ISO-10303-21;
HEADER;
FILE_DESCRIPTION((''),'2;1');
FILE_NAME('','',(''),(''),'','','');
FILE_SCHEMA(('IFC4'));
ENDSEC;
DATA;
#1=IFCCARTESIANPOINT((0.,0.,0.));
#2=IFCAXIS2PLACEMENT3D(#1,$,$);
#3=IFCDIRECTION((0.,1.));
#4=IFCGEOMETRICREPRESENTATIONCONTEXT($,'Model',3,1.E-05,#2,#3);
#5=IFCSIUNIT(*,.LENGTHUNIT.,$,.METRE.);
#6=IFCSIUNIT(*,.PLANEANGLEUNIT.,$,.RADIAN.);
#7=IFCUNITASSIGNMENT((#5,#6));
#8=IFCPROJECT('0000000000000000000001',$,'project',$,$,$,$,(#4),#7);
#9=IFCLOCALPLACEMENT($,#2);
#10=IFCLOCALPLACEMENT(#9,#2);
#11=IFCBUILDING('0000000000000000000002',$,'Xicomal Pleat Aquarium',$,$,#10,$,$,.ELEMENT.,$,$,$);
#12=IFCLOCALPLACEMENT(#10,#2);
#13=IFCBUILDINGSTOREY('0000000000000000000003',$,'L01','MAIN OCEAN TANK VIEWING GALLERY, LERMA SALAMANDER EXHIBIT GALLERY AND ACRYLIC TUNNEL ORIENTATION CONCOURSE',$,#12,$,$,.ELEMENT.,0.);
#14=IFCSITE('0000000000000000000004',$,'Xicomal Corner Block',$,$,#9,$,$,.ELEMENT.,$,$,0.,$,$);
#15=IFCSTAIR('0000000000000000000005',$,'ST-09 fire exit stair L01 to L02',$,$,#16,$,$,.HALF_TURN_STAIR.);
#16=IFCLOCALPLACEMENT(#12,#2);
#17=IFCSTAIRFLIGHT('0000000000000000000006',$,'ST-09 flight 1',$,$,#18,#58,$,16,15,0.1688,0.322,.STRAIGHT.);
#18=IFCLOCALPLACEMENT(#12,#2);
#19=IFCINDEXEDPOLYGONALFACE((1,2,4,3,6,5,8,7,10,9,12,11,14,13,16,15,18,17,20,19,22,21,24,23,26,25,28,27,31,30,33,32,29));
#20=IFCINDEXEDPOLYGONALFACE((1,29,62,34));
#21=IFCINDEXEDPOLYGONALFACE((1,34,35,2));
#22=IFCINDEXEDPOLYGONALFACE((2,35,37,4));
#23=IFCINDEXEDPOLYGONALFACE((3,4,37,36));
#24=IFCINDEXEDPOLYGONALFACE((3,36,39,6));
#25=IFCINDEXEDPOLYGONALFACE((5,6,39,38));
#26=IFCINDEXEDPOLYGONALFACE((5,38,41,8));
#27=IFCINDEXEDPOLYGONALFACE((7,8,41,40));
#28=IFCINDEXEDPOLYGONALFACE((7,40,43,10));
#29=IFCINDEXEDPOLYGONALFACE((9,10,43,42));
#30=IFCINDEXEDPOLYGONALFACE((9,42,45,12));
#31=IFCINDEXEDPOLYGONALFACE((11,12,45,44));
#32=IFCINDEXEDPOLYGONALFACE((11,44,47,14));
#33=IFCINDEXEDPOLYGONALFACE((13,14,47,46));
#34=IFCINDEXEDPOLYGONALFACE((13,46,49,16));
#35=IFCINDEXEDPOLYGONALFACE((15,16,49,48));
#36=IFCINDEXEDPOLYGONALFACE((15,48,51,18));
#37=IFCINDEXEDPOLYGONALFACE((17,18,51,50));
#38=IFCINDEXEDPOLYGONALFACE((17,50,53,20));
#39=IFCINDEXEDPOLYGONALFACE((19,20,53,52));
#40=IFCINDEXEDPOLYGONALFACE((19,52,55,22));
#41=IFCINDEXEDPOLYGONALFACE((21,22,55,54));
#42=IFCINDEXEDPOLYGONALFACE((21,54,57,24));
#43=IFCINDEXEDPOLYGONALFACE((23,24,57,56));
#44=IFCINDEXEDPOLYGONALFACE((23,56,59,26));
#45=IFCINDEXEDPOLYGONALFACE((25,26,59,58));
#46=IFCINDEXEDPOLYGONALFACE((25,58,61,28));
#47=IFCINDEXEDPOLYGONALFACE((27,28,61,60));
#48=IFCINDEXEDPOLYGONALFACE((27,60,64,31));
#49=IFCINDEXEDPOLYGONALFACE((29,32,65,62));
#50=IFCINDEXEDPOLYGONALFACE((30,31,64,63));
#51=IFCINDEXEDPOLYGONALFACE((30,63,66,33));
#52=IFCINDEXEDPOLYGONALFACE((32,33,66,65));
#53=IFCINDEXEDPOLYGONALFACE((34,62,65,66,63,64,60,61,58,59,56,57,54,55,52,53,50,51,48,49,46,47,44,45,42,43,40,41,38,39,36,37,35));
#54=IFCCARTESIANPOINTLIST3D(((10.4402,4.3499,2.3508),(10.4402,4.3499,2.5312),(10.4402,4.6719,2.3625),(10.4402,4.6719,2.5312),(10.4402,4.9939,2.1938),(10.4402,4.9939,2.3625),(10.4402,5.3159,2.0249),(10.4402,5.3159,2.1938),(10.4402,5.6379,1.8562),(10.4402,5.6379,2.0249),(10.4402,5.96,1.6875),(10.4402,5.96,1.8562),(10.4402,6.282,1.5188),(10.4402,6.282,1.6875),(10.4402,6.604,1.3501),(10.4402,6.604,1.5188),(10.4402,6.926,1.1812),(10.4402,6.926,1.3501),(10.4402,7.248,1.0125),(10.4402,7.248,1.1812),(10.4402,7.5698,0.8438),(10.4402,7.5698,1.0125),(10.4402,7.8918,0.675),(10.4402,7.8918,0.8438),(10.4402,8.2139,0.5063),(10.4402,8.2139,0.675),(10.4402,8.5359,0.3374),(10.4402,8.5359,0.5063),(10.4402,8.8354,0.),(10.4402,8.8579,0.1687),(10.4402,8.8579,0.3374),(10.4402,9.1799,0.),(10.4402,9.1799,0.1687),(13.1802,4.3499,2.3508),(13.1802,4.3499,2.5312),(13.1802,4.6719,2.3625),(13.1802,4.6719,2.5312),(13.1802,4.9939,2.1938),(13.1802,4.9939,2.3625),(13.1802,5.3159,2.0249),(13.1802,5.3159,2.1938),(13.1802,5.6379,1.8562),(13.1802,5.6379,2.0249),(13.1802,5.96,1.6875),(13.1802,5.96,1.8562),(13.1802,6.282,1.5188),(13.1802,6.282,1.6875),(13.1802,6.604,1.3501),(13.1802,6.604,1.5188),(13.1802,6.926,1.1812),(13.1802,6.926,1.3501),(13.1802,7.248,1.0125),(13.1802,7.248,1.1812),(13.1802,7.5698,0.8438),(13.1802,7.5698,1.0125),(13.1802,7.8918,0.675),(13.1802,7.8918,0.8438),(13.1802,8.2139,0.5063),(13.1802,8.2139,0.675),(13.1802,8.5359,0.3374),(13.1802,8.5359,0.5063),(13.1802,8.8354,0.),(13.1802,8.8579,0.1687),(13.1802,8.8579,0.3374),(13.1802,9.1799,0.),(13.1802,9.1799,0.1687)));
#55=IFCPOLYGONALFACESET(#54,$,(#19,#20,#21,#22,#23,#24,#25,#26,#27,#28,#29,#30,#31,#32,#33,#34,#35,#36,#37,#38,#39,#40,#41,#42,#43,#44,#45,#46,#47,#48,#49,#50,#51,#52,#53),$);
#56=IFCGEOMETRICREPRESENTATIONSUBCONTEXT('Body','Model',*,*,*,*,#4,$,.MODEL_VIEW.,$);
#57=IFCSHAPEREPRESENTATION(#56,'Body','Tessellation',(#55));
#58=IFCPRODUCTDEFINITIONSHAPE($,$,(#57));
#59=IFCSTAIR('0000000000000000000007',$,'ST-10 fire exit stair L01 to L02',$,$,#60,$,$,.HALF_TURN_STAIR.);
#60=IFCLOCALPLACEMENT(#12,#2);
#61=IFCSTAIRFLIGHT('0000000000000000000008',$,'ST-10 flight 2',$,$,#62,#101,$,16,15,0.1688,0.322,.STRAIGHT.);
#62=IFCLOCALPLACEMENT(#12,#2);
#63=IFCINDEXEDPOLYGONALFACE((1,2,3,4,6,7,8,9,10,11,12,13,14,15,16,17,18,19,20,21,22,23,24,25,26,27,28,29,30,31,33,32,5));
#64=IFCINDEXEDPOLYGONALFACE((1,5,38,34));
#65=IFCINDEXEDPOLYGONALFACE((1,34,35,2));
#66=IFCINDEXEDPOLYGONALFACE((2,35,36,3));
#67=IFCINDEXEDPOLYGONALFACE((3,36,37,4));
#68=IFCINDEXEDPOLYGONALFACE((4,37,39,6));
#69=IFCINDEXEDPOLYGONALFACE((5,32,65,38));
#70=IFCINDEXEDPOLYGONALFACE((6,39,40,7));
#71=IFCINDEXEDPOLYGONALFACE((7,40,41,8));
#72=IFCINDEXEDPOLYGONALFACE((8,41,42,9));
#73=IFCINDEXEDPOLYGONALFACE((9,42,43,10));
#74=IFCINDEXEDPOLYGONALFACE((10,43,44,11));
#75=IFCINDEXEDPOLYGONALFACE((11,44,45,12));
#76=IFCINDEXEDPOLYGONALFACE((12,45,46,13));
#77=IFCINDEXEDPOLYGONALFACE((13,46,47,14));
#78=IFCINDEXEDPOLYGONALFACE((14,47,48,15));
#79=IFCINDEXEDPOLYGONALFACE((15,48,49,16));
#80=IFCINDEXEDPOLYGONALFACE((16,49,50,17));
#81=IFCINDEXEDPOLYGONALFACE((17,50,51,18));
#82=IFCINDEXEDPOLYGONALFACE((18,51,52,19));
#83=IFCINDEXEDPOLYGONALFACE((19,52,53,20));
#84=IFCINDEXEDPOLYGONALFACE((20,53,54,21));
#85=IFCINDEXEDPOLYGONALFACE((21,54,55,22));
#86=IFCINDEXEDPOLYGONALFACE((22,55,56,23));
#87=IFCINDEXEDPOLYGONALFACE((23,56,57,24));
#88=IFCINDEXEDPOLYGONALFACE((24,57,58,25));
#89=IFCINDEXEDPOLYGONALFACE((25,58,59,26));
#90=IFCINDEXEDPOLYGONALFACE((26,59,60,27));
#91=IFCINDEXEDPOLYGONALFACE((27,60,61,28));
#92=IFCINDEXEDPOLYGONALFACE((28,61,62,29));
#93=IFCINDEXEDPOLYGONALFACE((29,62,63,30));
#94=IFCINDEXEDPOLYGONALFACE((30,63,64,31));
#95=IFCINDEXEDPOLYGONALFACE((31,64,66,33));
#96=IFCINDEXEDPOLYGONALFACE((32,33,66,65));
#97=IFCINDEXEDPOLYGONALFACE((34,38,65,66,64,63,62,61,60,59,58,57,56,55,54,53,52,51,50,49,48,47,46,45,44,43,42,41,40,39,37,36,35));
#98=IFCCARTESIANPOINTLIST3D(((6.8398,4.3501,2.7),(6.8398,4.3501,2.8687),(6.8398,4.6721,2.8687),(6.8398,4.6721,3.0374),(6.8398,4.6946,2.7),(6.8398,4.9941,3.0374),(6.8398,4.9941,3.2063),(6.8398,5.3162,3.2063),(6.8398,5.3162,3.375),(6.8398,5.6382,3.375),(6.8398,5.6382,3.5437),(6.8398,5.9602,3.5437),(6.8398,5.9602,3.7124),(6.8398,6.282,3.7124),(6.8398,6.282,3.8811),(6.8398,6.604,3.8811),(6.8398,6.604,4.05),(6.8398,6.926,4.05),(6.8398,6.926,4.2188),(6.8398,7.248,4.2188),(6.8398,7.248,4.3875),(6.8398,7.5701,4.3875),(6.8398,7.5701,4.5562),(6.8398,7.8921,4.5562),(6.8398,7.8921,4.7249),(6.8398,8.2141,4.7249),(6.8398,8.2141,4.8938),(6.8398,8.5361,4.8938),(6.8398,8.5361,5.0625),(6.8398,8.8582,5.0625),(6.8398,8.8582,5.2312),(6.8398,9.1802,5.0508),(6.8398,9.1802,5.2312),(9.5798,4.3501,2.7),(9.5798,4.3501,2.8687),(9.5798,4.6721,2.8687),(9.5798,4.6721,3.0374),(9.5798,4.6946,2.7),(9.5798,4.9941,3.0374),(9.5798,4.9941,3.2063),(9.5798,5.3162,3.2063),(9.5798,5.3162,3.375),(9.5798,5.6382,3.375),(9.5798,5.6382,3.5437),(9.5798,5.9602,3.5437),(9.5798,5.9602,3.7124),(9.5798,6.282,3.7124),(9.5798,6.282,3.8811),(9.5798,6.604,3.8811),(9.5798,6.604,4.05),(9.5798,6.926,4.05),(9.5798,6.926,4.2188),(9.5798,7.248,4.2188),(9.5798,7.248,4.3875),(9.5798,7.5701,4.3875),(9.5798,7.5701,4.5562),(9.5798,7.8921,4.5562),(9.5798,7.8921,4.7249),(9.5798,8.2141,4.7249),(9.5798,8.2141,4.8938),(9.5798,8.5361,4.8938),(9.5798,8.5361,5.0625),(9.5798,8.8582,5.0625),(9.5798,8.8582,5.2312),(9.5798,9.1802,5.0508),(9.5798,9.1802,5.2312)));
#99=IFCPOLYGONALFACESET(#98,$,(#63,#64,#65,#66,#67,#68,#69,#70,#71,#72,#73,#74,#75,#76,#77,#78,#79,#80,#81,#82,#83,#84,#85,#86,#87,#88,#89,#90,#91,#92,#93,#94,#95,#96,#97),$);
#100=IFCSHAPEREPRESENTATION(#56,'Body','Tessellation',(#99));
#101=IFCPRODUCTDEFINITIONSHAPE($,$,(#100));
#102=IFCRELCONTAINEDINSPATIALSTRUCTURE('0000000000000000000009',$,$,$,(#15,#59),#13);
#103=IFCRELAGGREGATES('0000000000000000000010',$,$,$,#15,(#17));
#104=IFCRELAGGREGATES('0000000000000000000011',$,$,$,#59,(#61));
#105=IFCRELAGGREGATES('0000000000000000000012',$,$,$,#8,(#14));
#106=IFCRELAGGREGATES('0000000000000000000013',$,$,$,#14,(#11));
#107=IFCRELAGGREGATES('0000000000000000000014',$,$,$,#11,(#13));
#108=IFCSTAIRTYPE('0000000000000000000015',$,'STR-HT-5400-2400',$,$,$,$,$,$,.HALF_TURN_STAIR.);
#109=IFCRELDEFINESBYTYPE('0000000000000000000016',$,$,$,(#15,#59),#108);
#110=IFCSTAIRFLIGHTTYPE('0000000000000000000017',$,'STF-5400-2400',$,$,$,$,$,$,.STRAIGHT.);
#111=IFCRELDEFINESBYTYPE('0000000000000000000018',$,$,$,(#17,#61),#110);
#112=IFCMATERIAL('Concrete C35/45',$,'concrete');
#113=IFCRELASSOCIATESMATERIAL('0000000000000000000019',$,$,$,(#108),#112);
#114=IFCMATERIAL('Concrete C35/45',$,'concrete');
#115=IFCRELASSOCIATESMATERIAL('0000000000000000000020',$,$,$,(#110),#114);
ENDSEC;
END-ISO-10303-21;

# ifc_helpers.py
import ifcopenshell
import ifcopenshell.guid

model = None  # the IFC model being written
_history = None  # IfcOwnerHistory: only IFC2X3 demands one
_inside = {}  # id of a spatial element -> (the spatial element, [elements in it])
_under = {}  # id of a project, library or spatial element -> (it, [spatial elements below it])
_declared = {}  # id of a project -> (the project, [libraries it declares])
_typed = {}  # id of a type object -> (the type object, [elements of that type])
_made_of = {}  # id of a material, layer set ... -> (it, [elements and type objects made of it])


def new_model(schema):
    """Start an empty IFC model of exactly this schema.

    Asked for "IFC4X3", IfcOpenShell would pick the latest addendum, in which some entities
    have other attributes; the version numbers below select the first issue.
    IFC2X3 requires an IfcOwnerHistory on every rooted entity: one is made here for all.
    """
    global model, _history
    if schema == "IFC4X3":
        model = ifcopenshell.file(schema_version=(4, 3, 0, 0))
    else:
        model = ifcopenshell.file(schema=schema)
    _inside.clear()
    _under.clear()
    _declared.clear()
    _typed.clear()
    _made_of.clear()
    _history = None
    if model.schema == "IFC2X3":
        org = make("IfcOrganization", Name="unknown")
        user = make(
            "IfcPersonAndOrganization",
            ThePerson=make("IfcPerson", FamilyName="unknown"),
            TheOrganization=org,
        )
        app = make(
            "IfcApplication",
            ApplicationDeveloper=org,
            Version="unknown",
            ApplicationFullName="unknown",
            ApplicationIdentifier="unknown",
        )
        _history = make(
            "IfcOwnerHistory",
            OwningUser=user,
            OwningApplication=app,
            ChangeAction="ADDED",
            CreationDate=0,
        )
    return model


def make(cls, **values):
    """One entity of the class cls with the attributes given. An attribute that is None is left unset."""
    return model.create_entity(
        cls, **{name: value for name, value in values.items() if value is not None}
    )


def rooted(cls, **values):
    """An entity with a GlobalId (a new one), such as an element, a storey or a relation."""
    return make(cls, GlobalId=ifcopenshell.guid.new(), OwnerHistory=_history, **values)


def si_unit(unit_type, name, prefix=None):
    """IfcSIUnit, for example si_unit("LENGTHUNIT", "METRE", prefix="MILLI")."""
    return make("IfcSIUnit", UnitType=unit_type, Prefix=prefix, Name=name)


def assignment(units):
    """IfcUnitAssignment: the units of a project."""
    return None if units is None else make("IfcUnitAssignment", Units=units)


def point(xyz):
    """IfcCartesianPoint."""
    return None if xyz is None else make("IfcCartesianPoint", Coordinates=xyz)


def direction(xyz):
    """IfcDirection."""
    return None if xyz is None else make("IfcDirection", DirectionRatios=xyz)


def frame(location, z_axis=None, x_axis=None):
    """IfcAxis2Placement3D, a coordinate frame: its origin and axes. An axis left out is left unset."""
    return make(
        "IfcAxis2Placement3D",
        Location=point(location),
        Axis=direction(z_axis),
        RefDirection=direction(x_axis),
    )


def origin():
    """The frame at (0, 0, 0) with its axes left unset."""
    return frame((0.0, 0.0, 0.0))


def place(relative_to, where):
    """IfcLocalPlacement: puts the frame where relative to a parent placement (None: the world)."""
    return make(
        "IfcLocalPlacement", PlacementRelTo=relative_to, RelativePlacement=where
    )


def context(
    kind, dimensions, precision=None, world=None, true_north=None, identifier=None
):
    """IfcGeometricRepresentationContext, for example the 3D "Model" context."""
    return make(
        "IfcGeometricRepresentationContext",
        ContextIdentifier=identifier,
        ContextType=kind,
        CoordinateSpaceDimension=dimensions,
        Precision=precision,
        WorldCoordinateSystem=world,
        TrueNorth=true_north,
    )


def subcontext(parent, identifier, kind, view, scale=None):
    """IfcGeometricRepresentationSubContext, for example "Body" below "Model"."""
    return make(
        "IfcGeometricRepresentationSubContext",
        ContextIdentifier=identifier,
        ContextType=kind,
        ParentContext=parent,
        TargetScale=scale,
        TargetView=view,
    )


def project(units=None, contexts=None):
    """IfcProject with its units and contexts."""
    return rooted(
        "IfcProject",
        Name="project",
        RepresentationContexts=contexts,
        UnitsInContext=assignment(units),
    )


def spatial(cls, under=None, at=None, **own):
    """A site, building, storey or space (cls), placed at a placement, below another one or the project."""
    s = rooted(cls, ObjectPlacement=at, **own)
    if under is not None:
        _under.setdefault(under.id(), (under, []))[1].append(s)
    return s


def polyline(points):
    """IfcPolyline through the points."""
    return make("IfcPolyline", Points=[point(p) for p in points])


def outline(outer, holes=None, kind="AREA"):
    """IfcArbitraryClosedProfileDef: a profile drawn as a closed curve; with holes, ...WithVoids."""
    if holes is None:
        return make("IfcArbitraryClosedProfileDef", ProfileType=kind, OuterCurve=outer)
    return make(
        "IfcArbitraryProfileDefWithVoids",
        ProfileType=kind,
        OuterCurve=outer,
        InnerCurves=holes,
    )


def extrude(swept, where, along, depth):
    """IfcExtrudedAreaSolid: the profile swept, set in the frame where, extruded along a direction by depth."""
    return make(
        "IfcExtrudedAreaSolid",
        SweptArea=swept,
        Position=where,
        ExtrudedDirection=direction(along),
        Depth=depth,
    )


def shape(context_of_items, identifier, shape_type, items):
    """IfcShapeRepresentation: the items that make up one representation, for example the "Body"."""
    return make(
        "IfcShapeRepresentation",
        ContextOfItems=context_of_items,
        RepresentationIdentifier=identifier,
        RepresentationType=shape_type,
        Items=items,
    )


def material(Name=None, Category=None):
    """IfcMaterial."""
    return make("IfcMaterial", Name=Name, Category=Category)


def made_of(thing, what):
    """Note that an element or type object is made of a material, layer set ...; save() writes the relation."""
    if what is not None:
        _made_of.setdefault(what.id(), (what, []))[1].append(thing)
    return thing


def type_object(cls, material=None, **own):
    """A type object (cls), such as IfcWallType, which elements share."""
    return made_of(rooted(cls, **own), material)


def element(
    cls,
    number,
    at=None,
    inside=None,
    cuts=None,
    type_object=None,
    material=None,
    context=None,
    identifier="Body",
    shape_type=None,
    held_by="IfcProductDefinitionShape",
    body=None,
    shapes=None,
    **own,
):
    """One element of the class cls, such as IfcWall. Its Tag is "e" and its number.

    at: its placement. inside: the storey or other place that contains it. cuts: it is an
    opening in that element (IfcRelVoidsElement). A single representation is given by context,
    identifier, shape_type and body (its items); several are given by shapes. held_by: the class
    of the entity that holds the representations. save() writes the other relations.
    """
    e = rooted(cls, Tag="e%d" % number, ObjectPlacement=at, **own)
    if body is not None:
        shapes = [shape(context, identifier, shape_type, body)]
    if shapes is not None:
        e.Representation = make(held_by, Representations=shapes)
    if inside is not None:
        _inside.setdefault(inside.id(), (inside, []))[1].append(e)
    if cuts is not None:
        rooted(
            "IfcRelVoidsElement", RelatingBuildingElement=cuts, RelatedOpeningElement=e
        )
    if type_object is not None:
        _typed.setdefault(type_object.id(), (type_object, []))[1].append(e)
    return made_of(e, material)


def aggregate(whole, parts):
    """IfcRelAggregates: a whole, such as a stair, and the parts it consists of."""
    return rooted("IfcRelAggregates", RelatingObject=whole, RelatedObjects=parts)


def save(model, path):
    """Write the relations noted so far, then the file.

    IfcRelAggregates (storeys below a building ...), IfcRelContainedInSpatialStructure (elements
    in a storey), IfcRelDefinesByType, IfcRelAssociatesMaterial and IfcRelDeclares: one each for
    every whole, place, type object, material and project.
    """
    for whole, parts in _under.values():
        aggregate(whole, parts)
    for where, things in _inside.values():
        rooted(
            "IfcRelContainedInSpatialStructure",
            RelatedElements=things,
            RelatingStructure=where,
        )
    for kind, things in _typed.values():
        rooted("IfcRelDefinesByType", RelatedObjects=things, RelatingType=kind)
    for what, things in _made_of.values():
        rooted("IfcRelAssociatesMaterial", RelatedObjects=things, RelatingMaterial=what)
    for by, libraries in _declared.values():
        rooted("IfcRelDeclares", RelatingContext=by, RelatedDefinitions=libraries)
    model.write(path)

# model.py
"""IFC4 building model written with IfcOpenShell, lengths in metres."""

from ifc_helpers import new_model, si_unit, direction, frame, origin, place, context, subcontext, project, spatial, polyline, outline, extrude, material, type_object, element, aggregate, save


model = new_model("IFC4")

# Units and contexts
model_context = context("Model", 3, precision=1e-05, world=origin(), true_north=direction((0.0, 1.0)))
body_context = subcontext(model_context, "Body", "Model", "MODEL_VIEW")
ifc_project = project(units=[si_unit("LENGTHUNIT", "METRE"), si_unit("PLANEANGLEUNIT", "RADIAN")], contexts=[model_context])

# Site, building, storey
site_placement = place(None, origin())
site = spatial("IfcSite", under=ifc_project, at=site_placement, Name="Xicomal Corner Block", CompositionType="ELEMENT", RefElevation=0.0)
building_placement = place(site_placement, origin())
building = spatial("IfcBuilding", under=site, at=building_placement, Name="Xicomal Pleat Aquarium", CompositionType="ELEMENT")
storey_placement = place(building_placement, origin())
storey = spatial("IfcBuildingStorey", under=building, at=storey_placement, Name="L01", Description="MAIN OCEAN TANK VIEWING GALLERY, LERMA SALAMANDER EXHIBIT GALLERY AND ACRYLIC TUNNEL ORIENTATION CONCOURSE", CompositionType="ELEMENT", Elevation=0.0)

# Stairs, stair flights
ifc_material_1 = material(Name="Concrete C35/45", Category="concrete")
stair_type = type_object("IfcStairType", Name="STR-HT-5400-2400", PredefinedType="HALF_TURN_STAIR", material=ifc_material_1)
stair_1_placement = place(storey_placement, origin())
stair_1 = element("IfcStair", 1, at=stair_1_placement, inside=storey, type_object=stair_type, Name="ST-09 fire exit stair L01 to L02", PredefinedType="HALF_TURN_STAIR")
ifc_material_2 = material(Name="Concrete C35/45", Category="concrete")
stair_flight_type = type_object("IfcStairFlightType", Name="STF-5400-2400", PredefinedType="STRAIGHT", material=ifc_material_2)
stair_flight_1_placement = place(storey_placement, frame((11.8101, 9.1799, 0.0), z_axis=(0.0, 0.0, 1.0), x_axis=(0.0, -1.0, 0.0)))
stair_flight_1 = element("IfcStairFlight", 2, at=stair_flight_1_placement, type_object=stair_flight_type, Name="ST-09 flight 1", NumberOfRisers=16, NumberOfTreads=15, PredefinedType="STRAIGHT", RiserHeight=0.1688, TreadLength=0.322, context=body_context, shape_type="SweptSolid", body=[
    extrude(outline(polyline([(0.0, 0.0), (0.0, 0.1687), (0.322, 0.1687), (0.322, 0.3374), (0.644, 0.3374), (0.644, 0.5063), (0.9661, 0.5063), (0.9661, 0.675), (1.2881, 0.675), (1.2881, 0.8438), (1.6101, 0.8438), (1.6101, 1.0125), (1.9319, 1.0125), (1.9319, 1.1812), (2.2539, 1.1812), (2.2539, 1.3501), (2.5759, 1.3501), (2.5759, 1.5188), (2.8979, 1.5188), (2.8979, 1.6875), (3.22, 1.6875), (3.22, 1.8562), (3.542, 1.8562), (3.542, 2.0249), (3.864, 2.0249), (3.864, 2.1938), (4.186, 2.1938), (4.186, 2.3625), (4.5081, 2.3625), (4.5081, 2.5312), (4.8301, 2.5312), (4.8301, 2.7), (4.8301, 2.3508), (0.3445, 0.0), (0.0, 0.0)])), frame((0.0, 1.3701, 0.0), z_axis=(0.0, -1.0, 0.0), x_axis=(1.0, 0.0, 0.0)), (0.0, 0.0, 1.0), 2.74),
])
aggregate(stair_1, [stair_flight_1])
stair_2_placement = place(storey_placement, origin())
stair_2 = element("IfcStair", 3, at=stair_2_placement, inside=storey, type_object=stair_type, Name="ST-10 fire exit stair L01 to L02", PredefinedType="HALF_TURN_STAIR")
stair_flight_2_placement = place(storey_placement, frame((8.21, 4.3501, 2.7), z_axis=(0.0, 0.0, 1.0), x_axis=(0.0, 1.0, 0.0)))
stair_flight_2 = element("IfcStairFlight", 4, at=stair_flight_2_placement, type_object=stair_flight_type, Name="ST-10 flight 2", NumberOfRisers=16, NumberOfTreads=15, PredefinedType="STRAIGHT", RiserHeight=0.1688, TreadLength=0.322, context=body_context, shape_type="SweptSolid", body=[
    extrude(outline(polyline([(0.0, 0.0), (0.0, 0.1687), (0.322, 0.1687), (0.322, 0.3374), (0.644, 0.3374), (0.644, 0.5063), (0.9661, 0.5063), (0.9661, 0.675), (1.2881, 0.675), (1.2881, 0.8438), (1.6101, 0.8438), (1.6101, 1.0125), (1.9319, 1.0125), (1.9319, 1.1812), (2.2539, 1.1812), (2.2539, 1.3501), (2.5759, 1.3501), (2.5759, 1.5188), (2.8979, 1.5188), (2.8979, 1.6875), (3.22, 1.6875), (3.22, 1.8562), (3.542, 1.8562), (3.542, 2.0249), (3.864, 2.0249), (3.864, 2.1938), (4.186, 2.1938), (4.186, 2.3625), (4.5081, 2.3625), (4.5081, 2.5312), (4.8301, 2.5312), (4.8301, 2.7), (4.8301, 2.3508), (0.3445, 0.0), (0.0, 0.0)])), frame((0.0, 1.3701, 0.0), z_axis=(0.0, -1.0, 0.0), x_axis=(1.0, 0.0, 0.0)), (0.0, 0.0, 1.0), 2.74),
])
aggregate(stair_2, [stair_flight_2])

save(model, "model.ifc")
